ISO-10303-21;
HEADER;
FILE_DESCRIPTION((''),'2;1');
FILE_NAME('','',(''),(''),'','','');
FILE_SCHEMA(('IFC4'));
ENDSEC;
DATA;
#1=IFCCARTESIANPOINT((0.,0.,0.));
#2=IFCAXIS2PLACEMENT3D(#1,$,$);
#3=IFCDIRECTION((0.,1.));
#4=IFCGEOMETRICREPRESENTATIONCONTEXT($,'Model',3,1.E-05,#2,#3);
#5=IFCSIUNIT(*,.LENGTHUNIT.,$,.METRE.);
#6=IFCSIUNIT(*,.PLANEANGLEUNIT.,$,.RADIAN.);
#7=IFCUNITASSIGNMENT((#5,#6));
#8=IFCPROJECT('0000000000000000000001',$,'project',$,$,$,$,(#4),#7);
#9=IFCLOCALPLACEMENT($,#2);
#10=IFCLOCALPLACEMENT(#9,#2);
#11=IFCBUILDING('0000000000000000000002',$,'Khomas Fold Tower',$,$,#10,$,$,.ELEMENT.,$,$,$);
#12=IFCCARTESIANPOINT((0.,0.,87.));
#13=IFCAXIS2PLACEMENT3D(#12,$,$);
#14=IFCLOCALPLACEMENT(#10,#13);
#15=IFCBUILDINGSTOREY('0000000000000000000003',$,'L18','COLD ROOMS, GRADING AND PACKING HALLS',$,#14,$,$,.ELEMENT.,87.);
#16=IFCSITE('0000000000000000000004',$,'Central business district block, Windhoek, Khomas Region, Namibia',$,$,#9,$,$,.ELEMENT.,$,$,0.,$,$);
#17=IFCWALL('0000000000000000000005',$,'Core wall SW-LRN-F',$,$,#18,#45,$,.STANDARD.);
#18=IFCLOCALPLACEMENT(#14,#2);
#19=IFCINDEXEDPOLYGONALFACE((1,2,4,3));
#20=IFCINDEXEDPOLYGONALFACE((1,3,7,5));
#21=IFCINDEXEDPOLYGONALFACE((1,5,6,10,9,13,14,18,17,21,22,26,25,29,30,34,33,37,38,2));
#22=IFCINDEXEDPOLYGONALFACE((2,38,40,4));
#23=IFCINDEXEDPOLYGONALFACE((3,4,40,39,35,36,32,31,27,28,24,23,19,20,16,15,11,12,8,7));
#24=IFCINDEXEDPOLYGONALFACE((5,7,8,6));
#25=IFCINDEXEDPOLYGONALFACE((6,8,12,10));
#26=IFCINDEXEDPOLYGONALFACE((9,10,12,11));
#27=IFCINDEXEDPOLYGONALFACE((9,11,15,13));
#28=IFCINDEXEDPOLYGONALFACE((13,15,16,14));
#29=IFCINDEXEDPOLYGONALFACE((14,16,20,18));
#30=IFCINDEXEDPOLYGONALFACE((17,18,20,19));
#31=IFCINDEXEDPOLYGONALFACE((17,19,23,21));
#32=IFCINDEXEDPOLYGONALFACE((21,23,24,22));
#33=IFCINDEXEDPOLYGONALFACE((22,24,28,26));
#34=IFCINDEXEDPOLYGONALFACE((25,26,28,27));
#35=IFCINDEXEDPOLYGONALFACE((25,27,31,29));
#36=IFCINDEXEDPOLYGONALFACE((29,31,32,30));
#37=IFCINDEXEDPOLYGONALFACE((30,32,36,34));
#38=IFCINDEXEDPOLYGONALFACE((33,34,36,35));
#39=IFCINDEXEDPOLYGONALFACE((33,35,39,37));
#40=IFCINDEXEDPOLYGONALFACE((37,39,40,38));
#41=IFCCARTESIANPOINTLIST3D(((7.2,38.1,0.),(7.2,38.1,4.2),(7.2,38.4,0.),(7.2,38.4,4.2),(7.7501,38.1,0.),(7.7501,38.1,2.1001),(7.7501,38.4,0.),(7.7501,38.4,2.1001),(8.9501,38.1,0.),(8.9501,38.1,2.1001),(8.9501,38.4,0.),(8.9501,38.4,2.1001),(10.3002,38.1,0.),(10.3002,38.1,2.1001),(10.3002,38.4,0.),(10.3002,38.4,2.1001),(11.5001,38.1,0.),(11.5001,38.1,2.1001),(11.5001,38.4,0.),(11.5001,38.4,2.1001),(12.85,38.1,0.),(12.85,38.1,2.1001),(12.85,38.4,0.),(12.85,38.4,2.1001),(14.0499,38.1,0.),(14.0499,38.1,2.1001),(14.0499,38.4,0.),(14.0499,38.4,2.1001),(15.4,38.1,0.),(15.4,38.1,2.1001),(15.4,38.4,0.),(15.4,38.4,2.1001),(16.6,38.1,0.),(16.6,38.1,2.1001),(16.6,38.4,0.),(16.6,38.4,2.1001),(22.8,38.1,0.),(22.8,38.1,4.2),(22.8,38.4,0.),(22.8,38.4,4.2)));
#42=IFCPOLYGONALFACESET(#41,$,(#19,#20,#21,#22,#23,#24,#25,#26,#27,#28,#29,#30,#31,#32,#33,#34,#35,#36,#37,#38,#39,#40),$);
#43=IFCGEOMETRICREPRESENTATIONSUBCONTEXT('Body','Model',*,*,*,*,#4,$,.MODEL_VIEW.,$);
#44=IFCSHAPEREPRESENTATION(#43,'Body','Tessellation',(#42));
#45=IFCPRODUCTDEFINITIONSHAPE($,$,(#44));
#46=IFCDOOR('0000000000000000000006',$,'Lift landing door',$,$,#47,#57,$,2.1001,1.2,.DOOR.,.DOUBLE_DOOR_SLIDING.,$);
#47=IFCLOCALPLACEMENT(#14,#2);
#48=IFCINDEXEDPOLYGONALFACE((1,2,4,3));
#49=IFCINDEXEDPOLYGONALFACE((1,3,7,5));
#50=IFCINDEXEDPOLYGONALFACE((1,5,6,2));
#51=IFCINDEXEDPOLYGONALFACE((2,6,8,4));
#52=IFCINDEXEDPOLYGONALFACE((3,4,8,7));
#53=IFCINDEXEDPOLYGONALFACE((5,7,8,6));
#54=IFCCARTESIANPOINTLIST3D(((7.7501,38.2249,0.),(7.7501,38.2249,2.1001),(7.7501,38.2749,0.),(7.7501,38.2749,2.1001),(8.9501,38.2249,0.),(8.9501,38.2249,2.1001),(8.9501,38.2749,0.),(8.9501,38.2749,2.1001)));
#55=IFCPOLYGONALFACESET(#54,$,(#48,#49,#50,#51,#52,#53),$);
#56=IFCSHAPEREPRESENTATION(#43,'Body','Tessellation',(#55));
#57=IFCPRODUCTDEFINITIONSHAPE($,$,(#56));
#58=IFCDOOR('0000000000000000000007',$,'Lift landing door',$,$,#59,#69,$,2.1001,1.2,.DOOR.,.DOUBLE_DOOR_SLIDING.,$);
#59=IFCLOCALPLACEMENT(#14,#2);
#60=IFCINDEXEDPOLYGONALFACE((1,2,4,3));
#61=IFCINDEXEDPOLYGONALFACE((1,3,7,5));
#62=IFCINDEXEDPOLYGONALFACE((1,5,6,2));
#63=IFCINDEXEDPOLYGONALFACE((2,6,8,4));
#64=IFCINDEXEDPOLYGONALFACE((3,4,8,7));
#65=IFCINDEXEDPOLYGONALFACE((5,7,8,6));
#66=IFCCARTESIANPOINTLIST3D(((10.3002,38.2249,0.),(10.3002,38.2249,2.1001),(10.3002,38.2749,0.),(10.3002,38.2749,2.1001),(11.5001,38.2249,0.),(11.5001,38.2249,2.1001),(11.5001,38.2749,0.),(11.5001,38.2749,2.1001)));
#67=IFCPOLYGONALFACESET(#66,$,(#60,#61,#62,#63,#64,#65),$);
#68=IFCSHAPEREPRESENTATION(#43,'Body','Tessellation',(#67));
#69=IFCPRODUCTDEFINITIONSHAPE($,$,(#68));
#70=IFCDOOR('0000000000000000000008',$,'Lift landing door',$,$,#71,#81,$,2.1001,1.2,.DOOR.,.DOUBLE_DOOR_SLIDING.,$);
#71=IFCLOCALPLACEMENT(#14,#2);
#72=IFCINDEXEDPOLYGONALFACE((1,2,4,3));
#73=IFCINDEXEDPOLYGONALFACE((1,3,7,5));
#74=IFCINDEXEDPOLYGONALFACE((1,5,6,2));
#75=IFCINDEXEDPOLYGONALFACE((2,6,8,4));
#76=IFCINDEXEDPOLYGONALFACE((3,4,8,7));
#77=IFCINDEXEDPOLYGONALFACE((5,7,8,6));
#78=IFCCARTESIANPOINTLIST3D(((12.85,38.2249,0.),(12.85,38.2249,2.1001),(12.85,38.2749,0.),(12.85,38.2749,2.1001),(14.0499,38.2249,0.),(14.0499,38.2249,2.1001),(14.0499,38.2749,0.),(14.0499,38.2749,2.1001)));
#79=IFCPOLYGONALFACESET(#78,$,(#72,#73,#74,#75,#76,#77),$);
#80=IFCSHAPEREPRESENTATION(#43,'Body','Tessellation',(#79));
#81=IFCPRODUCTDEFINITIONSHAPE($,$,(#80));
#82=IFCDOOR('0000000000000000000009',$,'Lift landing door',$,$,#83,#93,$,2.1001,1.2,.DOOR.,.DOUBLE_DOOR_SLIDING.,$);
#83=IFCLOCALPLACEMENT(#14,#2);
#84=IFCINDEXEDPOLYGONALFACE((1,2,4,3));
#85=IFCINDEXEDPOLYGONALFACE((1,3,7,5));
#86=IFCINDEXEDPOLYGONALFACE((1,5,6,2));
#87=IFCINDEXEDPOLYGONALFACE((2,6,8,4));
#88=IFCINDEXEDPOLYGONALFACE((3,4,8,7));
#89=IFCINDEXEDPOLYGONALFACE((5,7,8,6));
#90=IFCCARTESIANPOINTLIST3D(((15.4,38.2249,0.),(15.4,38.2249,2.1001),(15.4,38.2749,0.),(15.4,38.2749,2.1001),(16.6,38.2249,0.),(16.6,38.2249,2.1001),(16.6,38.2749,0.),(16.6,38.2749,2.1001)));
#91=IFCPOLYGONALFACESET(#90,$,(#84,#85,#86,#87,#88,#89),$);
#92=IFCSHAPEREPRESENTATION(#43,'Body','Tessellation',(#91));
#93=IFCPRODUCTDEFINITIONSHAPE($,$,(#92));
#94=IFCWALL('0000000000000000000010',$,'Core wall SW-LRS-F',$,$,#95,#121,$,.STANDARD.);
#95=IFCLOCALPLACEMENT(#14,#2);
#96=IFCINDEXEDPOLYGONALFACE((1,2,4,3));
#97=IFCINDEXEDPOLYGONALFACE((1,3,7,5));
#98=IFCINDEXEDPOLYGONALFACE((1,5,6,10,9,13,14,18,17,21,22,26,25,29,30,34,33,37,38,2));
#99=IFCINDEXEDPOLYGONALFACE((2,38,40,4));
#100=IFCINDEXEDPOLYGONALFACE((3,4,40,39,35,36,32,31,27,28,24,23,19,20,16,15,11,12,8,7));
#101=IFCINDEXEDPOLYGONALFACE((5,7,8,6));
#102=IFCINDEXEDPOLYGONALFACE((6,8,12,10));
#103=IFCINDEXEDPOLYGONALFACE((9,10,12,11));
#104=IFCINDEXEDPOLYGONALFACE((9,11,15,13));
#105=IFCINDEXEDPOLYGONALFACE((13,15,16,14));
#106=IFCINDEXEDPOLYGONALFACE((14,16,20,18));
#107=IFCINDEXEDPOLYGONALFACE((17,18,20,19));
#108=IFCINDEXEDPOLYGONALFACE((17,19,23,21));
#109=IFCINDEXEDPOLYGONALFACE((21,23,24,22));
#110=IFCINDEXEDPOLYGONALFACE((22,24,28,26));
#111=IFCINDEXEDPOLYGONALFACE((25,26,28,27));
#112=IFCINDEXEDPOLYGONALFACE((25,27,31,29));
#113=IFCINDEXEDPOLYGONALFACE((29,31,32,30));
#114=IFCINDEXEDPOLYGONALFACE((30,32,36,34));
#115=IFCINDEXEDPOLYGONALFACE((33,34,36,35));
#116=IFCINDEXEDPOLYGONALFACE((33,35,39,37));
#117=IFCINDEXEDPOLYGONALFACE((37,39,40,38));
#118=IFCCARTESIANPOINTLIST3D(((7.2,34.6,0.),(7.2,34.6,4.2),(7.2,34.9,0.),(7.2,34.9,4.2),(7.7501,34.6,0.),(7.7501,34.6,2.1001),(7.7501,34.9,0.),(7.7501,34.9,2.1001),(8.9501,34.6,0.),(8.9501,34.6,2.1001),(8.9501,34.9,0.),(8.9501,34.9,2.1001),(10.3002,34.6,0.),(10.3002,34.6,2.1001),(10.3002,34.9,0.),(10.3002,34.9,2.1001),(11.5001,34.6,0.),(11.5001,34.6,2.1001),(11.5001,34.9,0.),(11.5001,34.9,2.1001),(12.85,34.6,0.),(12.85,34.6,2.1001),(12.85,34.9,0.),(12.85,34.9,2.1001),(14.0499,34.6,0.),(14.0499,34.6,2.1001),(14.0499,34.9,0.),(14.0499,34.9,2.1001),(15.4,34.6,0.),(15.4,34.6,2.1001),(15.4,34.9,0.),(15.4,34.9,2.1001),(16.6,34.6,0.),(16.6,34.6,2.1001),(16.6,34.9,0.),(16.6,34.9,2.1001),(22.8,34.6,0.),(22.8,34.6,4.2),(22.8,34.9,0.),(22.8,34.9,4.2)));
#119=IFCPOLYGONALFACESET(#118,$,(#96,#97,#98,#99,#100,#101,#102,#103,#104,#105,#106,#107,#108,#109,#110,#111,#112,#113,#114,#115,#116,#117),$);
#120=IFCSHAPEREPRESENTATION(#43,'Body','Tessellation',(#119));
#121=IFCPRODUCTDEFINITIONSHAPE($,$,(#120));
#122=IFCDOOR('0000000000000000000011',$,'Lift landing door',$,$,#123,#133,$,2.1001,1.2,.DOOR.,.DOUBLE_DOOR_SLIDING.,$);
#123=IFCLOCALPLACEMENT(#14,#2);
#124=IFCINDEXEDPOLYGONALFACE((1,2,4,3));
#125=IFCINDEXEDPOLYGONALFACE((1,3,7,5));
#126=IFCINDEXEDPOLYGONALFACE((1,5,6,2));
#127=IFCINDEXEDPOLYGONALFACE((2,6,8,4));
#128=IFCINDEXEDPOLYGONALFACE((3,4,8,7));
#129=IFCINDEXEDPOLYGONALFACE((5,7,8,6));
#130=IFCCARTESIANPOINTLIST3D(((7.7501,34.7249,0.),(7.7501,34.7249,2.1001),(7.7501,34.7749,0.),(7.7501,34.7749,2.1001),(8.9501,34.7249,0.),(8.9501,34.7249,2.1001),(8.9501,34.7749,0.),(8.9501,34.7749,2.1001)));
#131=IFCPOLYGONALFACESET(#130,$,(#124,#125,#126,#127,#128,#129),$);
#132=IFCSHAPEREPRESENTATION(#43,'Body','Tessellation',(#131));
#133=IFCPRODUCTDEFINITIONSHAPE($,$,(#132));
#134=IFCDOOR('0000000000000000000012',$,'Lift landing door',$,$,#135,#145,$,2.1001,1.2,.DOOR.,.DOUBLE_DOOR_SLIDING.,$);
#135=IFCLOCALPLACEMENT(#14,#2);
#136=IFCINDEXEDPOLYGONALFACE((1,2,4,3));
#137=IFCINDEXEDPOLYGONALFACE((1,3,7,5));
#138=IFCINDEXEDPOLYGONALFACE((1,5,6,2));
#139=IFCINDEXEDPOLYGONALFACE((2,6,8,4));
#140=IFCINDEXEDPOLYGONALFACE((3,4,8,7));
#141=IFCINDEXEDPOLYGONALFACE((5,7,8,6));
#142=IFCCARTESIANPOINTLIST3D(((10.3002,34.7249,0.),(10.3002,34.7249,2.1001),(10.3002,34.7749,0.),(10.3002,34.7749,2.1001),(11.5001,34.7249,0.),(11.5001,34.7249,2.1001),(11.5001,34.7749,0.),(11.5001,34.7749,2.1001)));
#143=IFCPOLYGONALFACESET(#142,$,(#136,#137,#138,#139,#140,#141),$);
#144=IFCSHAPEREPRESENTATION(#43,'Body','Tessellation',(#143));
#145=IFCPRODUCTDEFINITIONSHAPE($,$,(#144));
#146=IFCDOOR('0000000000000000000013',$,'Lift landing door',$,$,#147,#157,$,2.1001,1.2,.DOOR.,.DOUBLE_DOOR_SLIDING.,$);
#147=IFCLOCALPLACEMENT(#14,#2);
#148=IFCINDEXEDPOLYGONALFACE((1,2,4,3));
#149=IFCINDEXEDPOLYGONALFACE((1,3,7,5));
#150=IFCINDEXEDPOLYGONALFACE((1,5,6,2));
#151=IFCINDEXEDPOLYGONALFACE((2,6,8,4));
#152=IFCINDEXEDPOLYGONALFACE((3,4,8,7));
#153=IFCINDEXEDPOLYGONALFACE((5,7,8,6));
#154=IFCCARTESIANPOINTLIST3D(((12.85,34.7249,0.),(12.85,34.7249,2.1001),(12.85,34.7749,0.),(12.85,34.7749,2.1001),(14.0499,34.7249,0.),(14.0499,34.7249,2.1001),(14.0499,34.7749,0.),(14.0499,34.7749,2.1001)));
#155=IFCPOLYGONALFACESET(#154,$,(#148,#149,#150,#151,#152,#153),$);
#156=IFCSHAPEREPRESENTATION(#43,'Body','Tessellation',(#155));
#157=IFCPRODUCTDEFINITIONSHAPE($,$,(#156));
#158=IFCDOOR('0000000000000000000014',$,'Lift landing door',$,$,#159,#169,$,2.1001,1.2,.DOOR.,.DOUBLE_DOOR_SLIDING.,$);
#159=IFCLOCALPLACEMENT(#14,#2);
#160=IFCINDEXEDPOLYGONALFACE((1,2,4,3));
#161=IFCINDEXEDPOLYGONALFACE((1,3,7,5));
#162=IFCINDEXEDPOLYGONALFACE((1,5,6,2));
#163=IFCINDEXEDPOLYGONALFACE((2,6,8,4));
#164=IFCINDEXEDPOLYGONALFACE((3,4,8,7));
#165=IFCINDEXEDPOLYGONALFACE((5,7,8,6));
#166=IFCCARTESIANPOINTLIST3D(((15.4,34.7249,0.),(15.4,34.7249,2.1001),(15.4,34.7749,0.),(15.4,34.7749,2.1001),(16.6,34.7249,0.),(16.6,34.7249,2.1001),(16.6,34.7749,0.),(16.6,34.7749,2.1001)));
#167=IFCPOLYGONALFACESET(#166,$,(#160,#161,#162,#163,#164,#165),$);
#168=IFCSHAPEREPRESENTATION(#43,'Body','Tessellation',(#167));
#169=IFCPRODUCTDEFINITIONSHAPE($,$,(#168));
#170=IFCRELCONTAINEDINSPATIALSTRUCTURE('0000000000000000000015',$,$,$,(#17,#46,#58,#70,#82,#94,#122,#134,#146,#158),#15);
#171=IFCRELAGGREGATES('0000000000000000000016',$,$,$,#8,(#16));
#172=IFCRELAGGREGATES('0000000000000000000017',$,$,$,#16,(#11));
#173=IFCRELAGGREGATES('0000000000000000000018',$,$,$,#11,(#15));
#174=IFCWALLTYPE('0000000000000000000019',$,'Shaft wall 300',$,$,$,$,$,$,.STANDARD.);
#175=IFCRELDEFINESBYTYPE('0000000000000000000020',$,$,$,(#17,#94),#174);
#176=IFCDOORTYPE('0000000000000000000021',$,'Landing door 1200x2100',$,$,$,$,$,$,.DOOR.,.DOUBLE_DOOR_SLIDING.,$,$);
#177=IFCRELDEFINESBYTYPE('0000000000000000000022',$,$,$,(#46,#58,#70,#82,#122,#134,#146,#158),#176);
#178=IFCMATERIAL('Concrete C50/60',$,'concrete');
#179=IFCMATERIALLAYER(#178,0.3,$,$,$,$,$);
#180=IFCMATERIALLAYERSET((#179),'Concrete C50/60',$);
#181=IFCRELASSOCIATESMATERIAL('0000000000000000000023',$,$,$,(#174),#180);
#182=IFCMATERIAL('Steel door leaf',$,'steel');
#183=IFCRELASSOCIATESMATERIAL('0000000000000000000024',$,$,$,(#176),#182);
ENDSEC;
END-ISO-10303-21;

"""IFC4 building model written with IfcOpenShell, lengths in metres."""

from ifc_helpers import new_model, si_unit, direction, frame, frame_2d, origin, place, context, subcontext, project, spatial, rectangle, extrude, source, transform, mapped, material, layer, layer_set, type_object, element, fill, save


model = new_model("IFC4")

# Units and contexts
model_context = context("Model", 3, precision=1e-05, world=origin(), true_north=direction((0.0, 1.0)))
body_context = subcontext(model_context, "Body", "Model", "MODEL_VIEW")
ifc_project = project(units=[si_unit("LENGTHUNIT", "METRE"), si_unit("PLANEANGLEUNIT", "RADIAN")], contexts=[model_context])

# Site, building, storey
site_placement = place(None, origin())
site = spatial("IfcSite", under=ifc_project, at=site_placement, Name="Central business district block, Windhoek, Khomas Region, Namibia", CompositionType="ELEMENT", RefElevation=0.0)
building_placement = place(site_placement, origin())
building = spatial("IfcBuilding", under=site, at=building_placement, Name="Khomas Fold Tower", CompositionType="ELEMENT")
storey_placement = place(building_placement, frame((0.0, 0.0, 87.0)))
storey = spatial("IfcBuildingStorey", under=building, at=storey_placement, Name="L18", Description="COLD ROOMS, GRADING AND PACKING HALLS", CompositionType="ELEMENT", Elevation=87.0)

# Walls, openings, doors
ifc_material_1 = material(Name="Concrete C50/60", Category="concrete")
ifc_layer_1 = layer(ifc_material_1, 0.3)
ifc_layer_set_1 = layer_set([ifc_layer_1], Name="Concrete C50/60")
wall_type_1 = type_object("IfcWallType", Name="Shaft wall 300", PredefinedType="STANDARD", material=ifc_layer_set_1)
shared_shape_1 = source(origin(), body_context, "Body", "SweptSolid", [
    extrude(rectangle(XDim=15.6001, YDim=0.3, at=frame_2d((7.8, 0.0))), origin(), (0.0, 0.0, 1.0), 4.2),
])
wall_1_placement = place(storey_placement, frame((7.2, 38.25, 0.0), z_axis=(0.0, 0.0, 1.0), x_axis=(1.0, 0.0, 0.0)))
wall_1 = element("IfcWall", 1, at=wall_1_placement, inside=storey, type_object=wall_type_1, Name="Core wall SW-LRN-F", PredefinedType="STANDARD", context=body_context, shape_type="MappedRepresentation", body=[
    mapped(shared_shape_1, transform((0.0, 0.0, 0.0))),
])
shared_shape_2 = source(origin(), body_context, "Body", "SweptSolid", [
    extrude(rectangle(XDim=1.2, YDim=2.1001, at=frame_2d((0.6001, 1.05))), frame((0.0, 0.1599, 0.0), z_axis=(0.0, -1.0, 0.0), x_axis=(1.0, 0.0, 0.0)), (0.0, 0.0, 1.0), 0.3201),
])
opening_1_placement = place(wall_1_placement, frame((0.55, 0.0, 0.0)))
opening_1 = element("IfcOpeningElement", 2, at=opening_1_placement, cuts=wall_1, PredefinedType="OPENING", context=body_context, shape_type="MappedRepresentation", body=[
    mapped(shared_shape_2, transform((0.0, 0.0, 0.0))),
])
opening_2_placement = place(wall_1_placement, frame((3.1001, 0.0, 0.0)))
opening_2 = element("IfcOpeningElement", 3, at=opening_2_placement, cuts=wall_1, PredefinedType="OPENING", context=body_context, shape_type="MappedRepresentation", body=[
    mapped(shared_shape_2, transform((0.0, 0.0, 0.0))),
])
opening_3_placement = place(wall_1_placement, frame((5.6499, 0.0, 0.0)))
opening_3 = element("IfcOpeningElement", 4, at=opening_3_placement, cuts=wall_1, PredefinedType="OPENING", context=body_context, shape_type="MappedRepresentation", body=[
    mapped(shared_shape_2, transform((0.0, 0.0, 0.0))),
])
opening_4_placement = place(wall_1_placement, frame((8.2, 0.0, 0.0)))
opening_4 = element("IfcOpeningElement", 5, at=opening_4_placement, cuts=wall_1, PredefinedType="OPENING", context=body_context, shape_type="MappedRepresentation", body=[
    mapped(shared_shape_2, transform((0.0, 0.0, 0.0))),
])
ifc_material_2 = material(Name="Steel door leaf", Category="steel")
door_type = type_object("IfcDoorType", Name="Landing door 1200x2100", OperationType="DOUBLE_DOOR_SLIDING", PredefinedType="DOOR", material=ifc_material_2)
shared_shape_3 = source(origin(), body_context, "Body", "SweptSolid", [
    extrude(rectangle(XDim=1.2, YDim=2.1001, at=frame_2d((0.6001, 1.05))), frame((0.0, 0.0249, 0.0), z_axis=(0.0, -1.0, 0.0), x_axis=(1.0, 0.0, 0.0)), (0.0, 0.0, 1.0), 0.05),
])
door_1_placement = place(opening_1_placement, origin())
door_1 = element("IfcDoor", 6, at=door_1_placement, inside=storey, type_object=door_type, Name="Lift landing door", OperationType="DOUBLE_DOOR_SLIDING", OverallHeight=2.1001, OverallWidth=1.2, PredefinedType="DOOR", context=body_context, shape_type="MappedRepresentation", body=[
    mapped(shared_shape_3, transform((0.0, 0.0, 0.0))),
])
fill(opening_1, door_1)
door_2_placement = place(opening_2_placement, origin())
door_2 = element("IfcDoor", 7, at=door_2_placement, inside=storey, type_object=door_type, Name="Lift landing door", OperationType="DOUBLE_DOOR_SLIDING", OverallHeight=2.1001, OverallWidth=1.2, PredefinedType="DOOR", context=body_context, shape_type="MappedRepresentation", body=[
    mapped(shared_shape_3, transform((0.0, 0.0, 0.0))),
])
fill(opening_2, door_2)
door_3_placement = place(opening_3_placement, origin())
door_3 = element("IfcDoor", 8, at=door_3_placement, inside=storey, type_object=door_type, Name="Lift landing door", OperationType="DOUBLE_DOOR_SLIDING", OverallHeight=2.1001, OverallWidth=1.2, PredefinedType="DOOR", context=body_context, shape_type="MappedRepresentation", body=[
    mapped(shared_shape_3, transform((0.0, 0.0, 0.0))),
])
fill(opening_3, door_3)
door_4_placement = place(opening_4_placement, origin())
door_4 = element("IfcDoor", 9, at=door_4_placement, inside=storey, type_object=door_type, Name="Lift landing door", OperationType="DOUBLE_DOOR_SLIDING", OverallHeight=2.1001, OverallWidth=1.2, PredefinedType="DOOR", context=body_context, shape_type="MappedRepresentation", body=[
    mapped(shared_shape_3, transform((0.0, 0.0, 0.0))),
])
fill(opening_4, door_4)
wall_2_placement = place(storey_placement, frame((7.2, 34.75, 0.0), z_axis=(0.0, 0.0, 1.0), x_axis=(1.0, 0.0, 0.0)))
wall_2 = element("IfcWall", 10, at=wall_2_placement, inside=storey, type_object=wall_type_1, Name="Core wall SW-LRS-F", PredefinedType="STANDARD", context=body_context, shape_type="MappedRepresentation", body=[
    mapped(shared_shape_1, transform((0.0, 0.0, 0.0))),
])
opening_5_placement = place(wall_2_placement, frame((0.55, 0.0, 0.0)))
opening_5 = element("IfcOpeningElement", 11, at=opening_5_placement, cuts=wall_2, PredefinedType="OPENING", context=body_context, shape_type="MappedRepresentation", body=[
    mapped(shared_shape_2, transform((0.0, 0.0, 0.0))),
])
opening_6_placement = place(wall_2_placement, frame((3.1001, 0.0, 0.0)))
opening_6 = element("IfcOpeningElement", 12, at=opening_6_placement, cuts=wall_2, PredefinedType="OPENING", context=body_context, shape_type="MappedRepresentation", body=[
    mapped(shared_shape_2, transform((0.0, 0.0, 0.0))),
])
opening_7_placement = place(wall_2_placement, frame((5.6499, 0.0, 0.0)))
opening_7 = element("IfcOpeningElement", 13, at=opening_7_placement, cuts=wall_2, PredefinedType="OPENING", context=body_context, shape_type="MappedRepresentation", body=[
    mapped(shared_shape_2, transform((0.0, 0.0, 0.0))),
])
opening_8_placement = place(wall_2_placement, frame((8.2, 0.0, 0.0)))
opening_8 = element("IfcOpeningElement", 14, at=opening_8_placement, cuts=wall_2, PredefinedType="OPENING", context=body_context, shape_type="MappedRepresentation", body=[
    mapped(shared_shape_2, transform((0.0, 0.0, 0.0))),
])
door_5_placement = place(opening_5_placement, origin())
door_5 = element("IfcDoor", 15, at=door_5_placement, inside=storey, type_object=door_type, Name="Lift landing door", OperationType="DOUBLE_DOOR_SLIDING", OverallHeight=2.1001, OverallWidth=1.2, PredefinedType="DOOR", context=body_context, shape_type="MappedRepresentation", body=[
    mapped(shared_shape_3, transform((0.0, 0.0, 0.0))),
])
fill(opening_5, door_5)
door_6_placement = place(opening_6_placement, origin())
door_6 = element("IfcDoor", 16, at=door_6_placement, inside=storey, type_object=door_type, Name="Lift landing door", OperationType="DOUBLE_DOOR_SLIDING", OverallHeight=2.1001, OverallWidth=1.2, PredefinedType="DOOR", context=body_context, shape_type="MappedRepresentation", body=[
    mapped(shared_shape_3, transform((0.0, 0.0, 0.0))),
])
fill(opening_6, door_6)
door_7_placement = place(opening_7_placement, origin())
door_7 = element("IfcDoor", 17, at=door_7_placement, inside=storey, type_object=door_type, Name="Lift landing door", OperationType="DOUBLE_DOOR_SLIDING", OverallHeight=2.1001, OverallWidth=1.2, PredefinedType="DOOR", context=body_context, shape_type="MappedRepresentation", body=[
    mapped(shared_shape_3, transform((0.0, 0.0, 0.0))),
])
fill(opening_7, door_7)
door_8_placement = place(opening_8_placement, origin())
door_8 = element("IfcDoor", 18, at=door_8_placement, inside=storey, type_object=door_type, Name="Lift landing door", OperationType="DOUBLE_DOOR_SLIDING", OverallHeight=2.1001, OverallWidth=1.2, PredefinedType="DOOR", context=body_context, shape_type="MappedRepresentation", body=[
    mapped(shared_shape_3, transform((0.0, 0.0, 0.0))),
])
fill(opening_8, door_8)

save(model, "model.ifc")
